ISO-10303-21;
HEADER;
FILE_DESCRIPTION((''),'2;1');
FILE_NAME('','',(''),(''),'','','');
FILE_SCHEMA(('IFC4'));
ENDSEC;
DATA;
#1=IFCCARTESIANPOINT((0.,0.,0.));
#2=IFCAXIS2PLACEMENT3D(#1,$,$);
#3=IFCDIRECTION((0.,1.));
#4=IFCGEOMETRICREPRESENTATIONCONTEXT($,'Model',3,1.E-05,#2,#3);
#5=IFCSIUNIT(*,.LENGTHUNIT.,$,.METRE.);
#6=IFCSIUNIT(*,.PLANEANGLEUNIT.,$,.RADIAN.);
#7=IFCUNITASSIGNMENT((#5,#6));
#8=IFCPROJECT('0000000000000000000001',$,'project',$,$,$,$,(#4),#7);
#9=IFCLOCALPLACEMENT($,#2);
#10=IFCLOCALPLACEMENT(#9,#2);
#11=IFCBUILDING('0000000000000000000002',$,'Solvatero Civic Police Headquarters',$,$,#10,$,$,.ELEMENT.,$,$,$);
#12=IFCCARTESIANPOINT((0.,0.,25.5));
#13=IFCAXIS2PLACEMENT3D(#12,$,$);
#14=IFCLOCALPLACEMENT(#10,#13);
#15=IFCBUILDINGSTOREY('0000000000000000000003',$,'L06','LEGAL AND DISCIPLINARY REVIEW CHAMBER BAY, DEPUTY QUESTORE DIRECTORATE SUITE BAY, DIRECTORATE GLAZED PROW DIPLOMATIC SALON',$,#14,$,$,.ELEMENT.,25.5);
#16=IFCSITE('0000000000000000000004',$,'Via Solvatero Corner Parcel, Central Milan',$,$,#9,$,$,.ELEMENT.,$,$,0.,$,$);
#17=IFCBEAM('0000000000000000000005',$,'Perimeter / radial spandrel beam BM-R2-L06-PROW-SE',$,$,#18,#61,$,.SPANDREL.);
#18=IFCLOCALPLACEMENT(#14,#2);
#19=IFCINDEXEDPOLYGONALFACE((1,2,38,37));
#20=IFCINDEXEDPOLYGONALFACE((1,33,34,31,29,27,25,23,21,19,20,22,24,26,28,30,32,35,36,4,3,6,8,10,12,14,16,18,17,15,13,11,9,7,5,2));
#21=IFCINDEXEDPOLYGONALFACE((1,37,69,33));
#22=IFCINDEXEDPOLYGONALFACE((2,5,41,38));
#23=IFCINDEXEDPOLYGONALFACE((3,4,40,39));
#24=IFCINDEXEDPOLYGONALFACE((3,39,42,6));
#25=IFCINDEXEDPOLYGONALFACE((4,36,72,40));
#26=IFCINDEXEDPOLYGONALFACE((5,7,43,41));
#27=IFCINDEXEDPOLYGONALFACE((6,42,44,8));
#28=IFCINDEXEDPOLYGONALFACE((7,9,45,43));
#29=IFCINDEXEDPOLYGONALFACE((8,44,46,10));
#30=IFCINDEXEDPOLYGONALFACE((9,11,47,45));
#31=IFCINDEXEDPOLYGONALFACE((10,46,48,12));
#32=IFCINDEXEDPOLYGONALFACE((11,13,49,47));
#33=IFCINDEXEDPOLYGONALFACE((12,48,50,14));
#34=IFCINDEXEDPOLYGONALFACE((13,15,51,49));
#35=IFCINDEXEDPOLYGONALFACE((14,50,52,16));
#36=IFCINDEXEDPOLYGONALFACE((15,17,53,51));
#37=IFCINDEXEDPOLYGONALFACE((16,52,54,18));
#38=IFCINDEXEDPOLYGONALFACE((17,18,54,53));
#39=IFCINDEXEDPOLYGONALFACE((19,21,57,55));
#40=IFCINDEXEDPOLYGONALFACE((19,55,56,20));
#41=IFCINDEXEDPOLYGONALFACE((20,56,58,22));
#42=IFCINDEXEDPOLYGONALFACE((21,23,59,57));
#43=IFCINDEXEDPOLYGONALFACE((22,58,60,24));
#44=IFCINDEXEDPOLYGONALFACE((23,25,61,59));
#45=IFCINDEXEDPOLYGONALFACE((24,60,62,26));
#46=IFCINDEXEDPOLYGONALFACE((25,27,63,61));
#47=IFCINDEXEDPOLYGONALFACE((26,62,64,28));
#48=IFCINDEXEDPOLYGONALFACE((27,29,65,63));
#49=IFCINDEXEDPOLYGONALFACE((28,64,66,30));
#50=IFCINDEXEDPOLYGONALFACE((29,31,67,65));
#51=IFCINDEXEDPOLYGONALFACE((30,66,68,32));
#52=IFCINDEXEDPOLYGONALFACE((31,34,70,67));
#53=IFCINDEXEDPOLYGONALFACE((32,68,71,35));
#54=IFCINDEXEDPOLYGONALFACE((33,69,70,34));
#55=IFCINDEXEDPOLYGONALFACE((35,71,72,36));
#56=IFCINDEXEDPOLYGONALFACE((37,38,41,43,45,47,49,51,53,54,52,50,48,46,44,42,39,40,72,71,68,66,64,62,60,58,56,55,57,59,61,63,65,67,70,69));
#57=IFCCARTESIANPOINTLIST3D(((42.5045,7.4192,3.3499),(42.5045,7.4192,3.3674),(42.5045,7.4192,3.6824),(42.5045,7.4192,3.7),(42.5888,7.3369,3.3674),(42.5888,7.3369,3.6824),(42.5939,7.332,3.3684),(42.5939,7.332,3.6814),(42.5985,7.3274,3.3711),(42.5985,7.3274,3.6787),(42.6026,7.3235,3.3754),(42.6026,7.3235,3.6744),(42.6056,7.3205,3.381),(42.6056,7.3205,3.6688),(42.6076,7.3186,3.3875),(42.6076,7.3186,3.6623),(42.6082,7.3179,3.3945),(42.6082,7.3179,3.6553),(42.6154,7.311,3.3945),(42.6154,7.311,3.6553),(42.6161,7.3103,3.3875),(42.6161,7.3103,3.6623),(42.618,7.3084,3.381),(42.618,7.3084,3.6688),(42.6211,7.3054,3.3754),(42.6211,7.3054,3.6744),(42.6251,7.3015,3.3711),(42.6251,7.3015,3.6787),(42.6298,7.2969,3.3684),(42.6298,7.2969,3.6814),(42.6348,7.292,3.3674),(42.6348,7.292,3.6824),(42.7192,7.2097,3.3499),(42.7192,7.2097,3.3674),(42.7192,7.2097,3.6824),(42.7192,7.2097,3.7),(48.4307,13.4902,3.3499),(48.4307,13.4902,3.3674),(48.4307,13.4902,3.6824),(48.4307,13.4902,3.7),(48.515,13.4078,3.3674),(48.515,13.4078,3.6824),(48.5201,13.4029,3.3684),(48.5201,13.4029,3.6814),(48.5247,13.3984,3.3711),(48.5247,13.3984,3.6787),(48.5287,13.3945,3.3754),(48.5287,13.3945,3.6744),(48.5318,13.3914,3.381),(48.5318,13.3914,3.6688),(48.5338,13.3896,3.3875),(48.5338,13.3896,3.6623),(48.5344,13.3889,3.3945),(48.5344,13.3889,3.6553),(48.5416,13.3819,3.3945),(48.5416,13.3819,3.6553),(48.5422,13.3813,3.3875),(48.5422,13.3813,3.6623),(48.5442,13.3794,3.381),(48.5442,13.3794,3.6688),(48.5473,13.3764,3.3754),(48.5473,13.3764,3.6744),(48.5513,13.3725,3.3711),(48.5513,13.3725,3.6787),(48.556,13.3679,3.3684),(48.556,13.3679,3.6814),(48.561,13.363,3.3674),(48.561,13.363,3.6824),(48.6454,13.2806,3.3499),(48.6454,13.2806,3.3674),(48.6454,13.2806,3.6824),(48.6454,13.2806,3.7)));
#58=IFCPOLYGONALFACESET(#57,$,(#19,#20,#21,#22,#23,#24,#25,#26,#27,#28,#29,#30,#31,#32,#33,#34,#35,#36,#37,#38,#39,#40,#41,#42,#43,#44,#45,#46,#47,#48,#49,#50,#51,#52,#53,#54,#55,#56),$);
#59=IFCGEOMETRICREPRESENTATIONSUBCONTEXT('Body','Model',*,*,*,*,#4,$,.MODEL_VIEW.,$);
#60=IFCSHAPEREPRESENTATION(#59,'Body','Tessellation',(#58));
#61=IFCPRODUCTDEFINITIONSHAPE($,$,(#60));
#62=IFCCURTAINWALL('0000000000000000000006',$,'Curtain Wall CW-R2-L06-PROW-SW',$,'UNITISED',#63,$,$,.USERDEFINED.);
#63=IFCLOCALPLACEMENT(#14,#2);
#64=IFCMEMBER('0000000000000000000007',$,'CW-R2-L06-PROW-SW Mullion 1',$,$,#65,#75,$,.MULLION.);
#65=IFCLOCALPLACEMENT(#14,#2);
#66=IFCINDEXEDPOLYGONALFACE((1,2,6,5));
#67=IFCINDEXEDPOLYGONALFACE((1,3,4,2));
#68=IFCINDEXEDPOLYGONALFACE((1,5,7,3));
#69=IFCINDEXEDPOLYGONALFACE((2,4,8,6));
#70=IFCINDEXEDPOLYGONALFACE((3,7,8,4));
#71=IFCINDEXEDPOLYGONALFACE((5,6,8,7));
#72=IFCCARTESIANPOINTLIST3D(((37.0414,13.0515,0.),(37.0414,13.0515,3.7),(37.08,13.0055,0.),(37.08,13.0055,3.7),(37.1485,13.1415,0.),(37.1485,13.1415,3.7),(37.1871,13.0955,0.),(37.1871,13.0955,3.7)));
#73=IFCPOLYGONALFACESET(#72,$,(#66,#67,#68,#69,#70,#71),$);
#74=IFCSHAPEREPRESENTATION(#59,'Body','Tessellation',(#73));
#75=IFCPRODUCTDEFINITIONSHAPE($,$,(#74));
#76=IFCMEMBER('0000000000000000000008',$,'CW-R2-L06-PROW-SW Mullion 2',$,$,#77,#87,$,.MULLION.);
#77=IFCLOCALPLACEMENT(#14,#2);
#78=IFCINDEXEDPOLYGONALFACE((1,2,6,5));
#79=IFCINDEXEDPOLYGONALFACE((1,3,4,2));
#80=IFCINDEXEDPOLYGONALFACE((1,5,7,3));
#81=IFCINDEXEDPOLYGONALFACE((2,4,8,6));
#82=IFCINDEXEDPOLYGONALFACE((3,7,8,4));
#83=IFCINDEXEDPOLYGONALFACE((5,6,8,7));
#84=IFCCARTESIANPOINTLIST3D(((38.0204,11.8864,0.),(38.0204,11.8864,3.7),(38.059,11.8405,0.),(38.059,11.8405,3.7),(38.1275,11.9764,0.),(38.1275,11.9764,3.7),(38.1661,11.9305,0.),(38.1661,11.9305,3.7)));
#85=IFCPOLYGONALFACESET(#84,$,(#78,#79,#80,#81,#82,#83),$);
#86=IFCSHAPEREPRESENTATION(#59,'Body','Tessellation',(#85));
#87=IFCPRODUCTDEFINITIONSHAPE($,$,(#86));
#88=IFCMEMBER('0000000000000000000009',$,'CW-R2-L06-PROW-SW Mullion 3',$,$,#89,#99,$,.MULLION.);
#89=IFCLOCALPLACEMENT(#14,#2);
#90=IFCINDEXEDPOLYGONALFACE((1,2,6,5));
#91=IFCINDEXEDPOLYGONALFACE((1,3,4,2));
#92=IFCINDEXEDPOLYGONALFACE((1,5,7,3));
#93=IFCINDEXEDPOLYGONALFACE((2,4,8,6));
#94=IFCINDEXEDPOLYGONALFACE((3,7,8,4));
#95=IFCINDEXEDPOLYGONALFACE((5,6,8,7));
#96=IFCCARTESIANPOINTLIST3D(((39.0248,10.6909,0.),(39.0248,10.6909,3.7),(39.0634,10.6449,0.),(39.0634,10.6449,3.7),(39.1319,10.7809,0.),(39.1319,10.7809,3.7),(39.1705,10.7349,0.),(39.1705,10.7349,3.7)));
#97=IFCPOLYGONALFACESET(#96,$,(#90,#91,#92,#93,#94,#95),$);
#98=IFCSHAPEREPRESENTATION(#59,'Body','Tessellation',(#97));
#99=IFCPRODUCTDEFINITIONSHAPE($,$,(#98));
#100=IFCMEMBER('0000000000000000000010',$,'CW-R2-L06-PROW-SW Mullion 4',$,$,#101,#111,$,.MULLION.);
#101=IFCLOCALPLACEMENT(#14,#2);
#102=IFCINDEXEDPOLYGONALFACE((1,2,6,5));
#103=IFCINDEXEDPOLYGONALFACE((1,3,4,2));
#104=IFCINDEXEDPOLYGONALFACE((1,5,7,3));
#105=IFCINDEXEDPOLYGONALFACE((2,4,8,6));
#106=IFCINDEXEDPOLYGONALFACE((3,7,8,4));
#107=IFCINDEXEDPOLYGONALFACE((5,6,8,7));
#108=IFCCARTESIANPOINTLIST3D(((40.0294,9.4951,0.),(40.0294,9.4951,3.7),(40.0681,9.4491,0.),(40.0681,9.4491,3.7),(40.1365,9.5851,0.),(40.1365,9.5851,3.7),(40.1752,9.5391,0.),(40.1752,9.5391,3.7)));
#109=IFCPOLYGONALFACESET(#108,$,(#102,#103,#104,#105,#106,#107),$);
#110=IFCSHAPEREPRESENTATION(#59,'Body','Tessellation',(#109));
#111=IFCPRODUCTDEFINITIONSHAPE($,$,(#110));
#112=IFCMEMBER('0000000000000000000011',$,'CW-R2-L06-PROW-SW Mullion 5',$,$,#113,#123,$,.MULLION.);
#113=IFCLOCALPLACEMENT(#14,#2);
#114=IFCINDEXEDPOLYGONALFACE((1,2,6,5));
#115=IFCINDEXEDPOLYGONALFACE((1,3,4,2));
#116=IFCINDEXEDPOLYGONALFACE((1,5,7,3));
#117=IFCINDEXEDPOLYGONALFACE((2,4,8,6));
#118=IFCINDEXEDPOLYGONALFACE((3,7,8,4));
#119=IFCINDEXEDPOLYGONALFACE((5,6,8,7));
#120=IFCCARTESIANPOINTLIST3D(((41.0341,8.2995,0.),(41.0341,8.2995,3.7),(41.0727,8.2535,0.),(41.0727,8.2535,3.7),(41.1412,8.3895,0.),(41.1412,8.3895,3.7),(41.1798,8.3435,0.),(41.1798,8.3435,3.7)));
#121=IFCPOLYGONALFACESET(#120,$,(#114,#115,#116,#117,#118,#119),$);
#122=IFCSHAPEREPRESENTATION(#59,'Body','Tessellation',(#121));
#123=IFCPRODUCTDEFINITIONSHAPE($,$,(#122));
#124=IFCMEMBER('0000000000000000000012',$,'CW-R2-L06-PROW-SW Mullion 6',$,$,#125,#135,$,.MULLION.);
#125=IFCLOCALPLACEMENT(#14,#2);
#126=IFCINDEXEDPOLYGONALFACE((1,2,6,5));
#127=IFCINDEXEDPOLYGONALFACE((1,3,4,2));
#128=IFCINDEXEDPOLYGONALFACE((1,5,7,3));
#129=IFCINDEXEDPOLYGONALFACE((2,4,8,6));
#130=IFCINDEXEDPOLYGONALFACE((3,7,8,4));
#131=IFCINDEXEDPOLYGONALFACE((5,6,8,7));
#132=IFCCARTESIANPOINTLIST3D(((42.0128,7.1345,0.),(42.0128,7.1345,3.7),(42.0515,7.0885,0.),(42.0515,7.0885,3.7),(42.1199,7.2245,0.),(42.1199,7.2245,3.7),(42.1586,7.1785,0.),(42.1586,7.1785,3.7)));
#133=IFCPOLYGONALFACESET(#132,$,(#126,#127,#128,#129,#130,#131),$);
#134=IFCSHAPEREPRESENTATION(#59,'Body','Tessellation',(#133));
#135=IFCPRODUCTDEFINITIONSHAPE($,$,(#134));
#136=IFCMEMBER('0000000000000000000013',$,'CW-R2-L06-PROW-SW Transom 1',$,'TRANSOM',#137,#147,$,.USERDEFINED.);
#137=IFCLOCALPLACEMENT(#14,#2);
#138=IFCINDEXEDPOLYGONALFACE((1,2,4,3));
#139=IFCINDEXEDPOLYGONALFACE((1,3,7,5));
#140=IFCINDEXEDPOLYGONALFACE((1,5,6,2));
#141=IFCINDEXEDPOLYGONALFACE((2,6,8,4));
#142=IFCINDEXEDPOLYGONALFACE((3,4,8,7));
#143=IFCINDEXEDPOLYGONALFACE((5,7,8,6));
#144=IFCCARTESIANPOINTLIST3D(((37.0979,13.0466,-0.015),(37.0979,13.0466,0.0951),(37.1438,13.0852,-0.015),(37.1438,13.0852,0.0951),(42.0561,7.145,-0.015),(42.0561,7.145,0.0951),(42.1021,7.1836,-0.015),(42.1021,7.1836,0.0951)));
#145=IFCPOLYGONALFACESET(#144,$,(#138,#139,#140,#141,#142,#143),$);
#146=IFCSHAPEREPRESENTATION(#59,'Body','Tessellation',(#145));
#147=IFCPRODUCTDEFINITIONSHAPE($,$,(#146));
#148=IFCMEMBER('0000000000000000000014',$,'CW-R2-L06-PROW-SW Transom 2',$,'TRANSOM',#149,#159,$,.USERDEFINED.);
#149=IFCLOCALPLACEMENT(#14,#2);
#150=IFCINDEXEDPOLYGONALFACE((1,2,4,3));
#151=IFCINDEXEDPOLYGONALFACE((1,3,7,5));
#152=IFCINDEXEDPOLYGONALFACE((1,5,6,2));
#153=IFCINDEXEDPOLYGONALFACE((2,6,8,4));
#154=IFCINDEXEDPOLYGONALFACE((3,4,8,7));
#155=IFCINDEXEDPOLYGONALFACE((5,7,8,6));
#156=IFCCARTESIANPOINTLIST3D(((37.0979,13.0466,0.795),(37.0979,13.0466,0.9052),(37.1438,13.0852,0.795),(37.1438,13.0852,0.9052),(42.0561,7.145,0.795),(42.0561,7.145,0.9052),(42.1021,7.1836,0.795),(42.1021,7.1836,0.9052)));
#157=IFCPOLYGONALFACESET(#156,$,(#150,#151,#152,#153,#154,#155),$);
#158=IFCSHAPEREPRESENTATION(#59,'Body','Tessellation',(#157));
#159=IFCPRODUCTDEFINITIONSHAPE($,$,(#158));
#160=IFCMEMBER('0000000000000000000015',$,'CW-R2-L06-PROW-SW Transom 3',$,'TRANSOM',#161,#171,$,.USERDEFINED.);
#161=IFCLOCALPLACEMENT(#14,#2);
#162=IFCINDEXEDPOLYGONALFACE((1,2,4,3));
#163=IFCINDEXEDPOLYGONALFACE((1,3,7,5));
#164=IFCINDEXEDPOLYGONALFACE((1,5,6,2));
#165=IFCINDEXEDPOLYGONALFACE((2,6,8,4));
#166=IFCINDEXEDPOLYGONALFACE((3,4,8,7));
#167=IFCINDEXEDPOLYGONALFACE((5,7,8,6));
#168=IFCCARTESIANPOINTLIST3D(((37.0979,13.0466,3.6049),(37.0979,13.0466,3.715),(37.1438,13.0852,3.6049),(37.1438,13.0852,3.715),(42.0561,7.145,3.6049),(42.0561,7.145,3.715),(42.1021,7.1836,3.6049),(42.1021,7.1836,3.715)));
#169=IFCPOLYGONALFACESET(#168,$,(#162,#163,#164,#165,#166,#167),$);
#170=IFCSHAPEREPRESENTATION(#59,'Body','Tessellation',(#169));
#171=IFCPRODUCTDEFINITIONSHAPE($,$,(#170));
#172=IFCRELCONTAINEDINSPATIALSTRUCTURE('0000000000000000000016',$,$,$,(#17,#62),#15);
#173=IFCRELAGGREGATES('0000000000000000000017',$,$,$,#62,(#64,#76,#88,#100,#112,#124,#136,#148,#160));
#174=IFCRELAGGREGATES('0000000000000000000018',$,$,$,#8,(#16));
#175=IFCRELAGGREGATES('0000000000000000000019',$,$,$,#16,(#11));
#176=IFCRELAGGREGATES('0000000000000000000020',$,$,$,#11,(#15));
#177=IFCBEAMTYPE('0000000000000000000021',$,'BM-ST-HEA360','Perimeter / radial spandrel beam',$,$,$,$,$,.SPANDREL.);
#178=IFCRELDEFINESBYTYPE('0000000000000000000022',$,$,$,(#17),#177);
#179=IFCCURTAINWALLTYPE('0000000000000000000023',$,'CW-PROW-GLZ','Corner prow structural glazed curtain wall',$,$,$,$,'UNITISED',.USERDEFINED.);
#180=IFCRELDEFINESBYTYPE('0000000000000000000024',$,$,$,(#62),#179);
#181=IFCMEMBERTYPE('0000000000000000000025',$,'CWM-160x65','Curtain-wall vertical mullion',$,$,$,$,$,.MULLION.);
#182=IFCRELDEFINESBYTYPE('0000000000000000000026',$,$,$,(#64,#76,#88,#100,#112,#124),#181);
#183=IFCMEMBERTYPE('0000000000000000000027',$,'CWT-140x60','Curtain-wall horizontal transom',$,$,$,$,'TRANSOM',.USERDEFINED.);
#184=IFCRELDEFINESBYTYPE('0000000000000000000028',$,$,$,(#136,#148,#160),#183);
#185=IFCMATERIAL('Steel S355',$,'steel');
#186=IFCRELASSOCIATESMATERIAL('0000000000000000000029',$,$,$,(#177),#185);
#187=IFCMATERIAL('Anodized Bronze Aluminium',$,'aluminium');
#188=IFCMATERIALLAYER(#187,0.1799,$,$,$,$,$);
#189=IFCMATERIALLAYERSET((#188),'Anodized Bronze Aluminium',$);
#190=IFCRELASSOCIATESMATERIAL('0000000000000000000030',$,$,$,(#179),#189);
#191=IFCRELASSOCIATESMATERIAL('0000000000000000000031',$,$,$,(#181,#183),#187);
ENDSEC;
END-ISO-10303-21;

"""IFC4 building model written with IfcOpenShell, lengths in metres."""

from ifc_helpers import new_model, si_unit, direction, frame, origin, origin_2d, place, context, subcontext, project, spatial, rectangle, i_section, extrude, material, layer, layer_set, material_profile, profile_set, type_object, element, aggregate, save


model = new_model("IFC4")

# Units and contexts
model_context = context("Model", 3, precision=1e-05, world=origin(), true_north=direction((0.0, 1.0)))
body_context = subcontext(model_context, "Body", "Model", "MODEL_VIEW")
ifc_project = project(units=[si_unit("LENGTHUNIT", "METRE"), si_unit("PLANEANGLEUNIT", "RADIAN")], contexts=[model_context])

# Site, building, storey
site_placement = place(None, origin())
site = spatial("IfcSite", under=ifc_project, at=site_placement, Name="Via Solvatero Corner Parcel, Central Milan", CompositionType="ELEMENT", RefElevation=0.0)
building_placement = place(site_placement, origin())
building = spatial("IfcBuilding", under=site, at=building_placement, Name="Solvatero Civic Police Headquarters", CompositionType="ELEMENT")
storey_placement = place(building_placement, frame((0.0, 0.0, 25.5)))
storey = spatial("IfcBuildingStorey", under=building, at=storey_placement, Name="L06", Description="LEGAL AND DISCIPLINARY REVIEW CHAMBER BAY, DEPUTY QUESTORE DIRECTORATE SUITE BAY, DIRECTORATE GLAZED PROW DIPLOMATIC SALON", CompositionType="ELEMENT", Elevation=25.5)

# Shared definitions
ifc_material_1 = material(Name="Steel S355", Category="steel")

# Beam
ifc_material_profile_1 = material_profile(ifc_material_1, i_section(OverallWidth=0.3, OverallDepth=0.3501, WebThickness=0.01, FlangeThickness=0.0176, FilletRadius=0.0271, at=origin_2d()), Name="HEA 360")
ifc_profile_set_1 = profile_set([ifc_material_profile_1], Name="Steel S355")
beam_type = type_object("IfcBeamType", Name="BM-ST-HEA360", Description="Perimeter / radial spandrel beam", PredefinedType="SPANDREL", material=ifc_profile_set_1)
beam_1_placement = place(storey_placement, frame((42.6118, 7.3145, 3.5249), z_axis=(0.698523, 0.715588, 0.0), x_axis=(-0.715588, 0.698523, 0.0)))
element("IfcBeam", 1, at=beam_1_placement, inside=storey, type_object=beam_type, Name="Perimeter / radial spandrel beam BM-R2-L06-PROW-SE", PredefinedType="SPANDREL", context=body_context, shape_type="SweptSolid", body=[
    extrude(i_section(OverallWidth=0.3, OverallDepth=0.3501, WebThickness=0.01, FlangeThickness=0.0176, FilletRadius=0.0271, at=origin_2d()), origin(), (0.0, 0.0, 1.0), 8.4839),
])

# Curtain wall, members
ifc_material_2 = material(Name="Anodized Bronze Aluminium", Category="aluminium")
ifc_layer_1 = layer(ifc_material_2, 0.1799)
ifc_layer_set_1 = layer_set([ifc_layer_1], Name="Anodized Bronze Aluminium")
curtain_wall_type = type_object("IfcCurtainWallType", Name="CW-PROW-GLZ", Description="Corner prow structural glazed curtain wall", ElementType="UNITISED", PredefinedType="USERDEFINED", material=ifc_layer_set_1)
curtain_wall_placement = place(storey_placement, origin())
curtain_wall = element("IfcCurtainWall", 2, at=curtain_wall_placement, inside=storey, type_object=curtain_wall_type, Name="Curtain Wall CW-R2-L06-PROW-SW", ObjectType="UNITISED", PredefinedType="USERDEFINED")
ifc_material_profile_2 = material_profile(ifc_material_2, rectangle(XDim=0.0601, YDim=0.1399, at=origin_2d()), Name="ALU MULLION 60x140")
ifc_profile_set_2 = profile_set([ifc_material_profile_2], Name="Anodized Bronze Aluminium")
member_type_1 = type_object("IfcMemberType", Name="CWM-160x65", Description="Curtain-wall vertical mullion", PredefinedType="MULLION", material=ifc_profile_set_2)
member_1_placement = place(storey_placement, frame((37.1143, 13.0735, 0.0), z_axis=(0.0, 0.0, 1.0), x_axis=(0.643282, -0.765629, 0.0)))
member_1 = element("IfcMember", 3, at=member_1_placement, type_object=member_type_1, Name="CW-R2-L06-PROW-SW Mullion 1", PredefinedType="MULLION", context=body_context, shape_type="SweptSolid", body=[
    extrude(rectangle(XDim=0.0601, YDim=0.1399, at=origin_2d()), origin(), (0.0, 0.0, 1.0), 3.7),
])
member_2_placement = place(storey_placement, frame((38.0933, 11.9084, 0.0), z_axis=(0.0, 0.0, 1.0), x_axis=(0.643282, -0.765629, 0.0)))
member_2 = element("IfcMember", 4, at=member_2_placement, type_object=member_type_1, Name="CW-R2-L06-PROW-SW Mullion 2", PredefinedType="MULLION", context=body_context, shape_type="SweptSolid", body=[
    extrude(rectangle(XDim=0.0601, YDim=0.1399, at=origin_2d()), origin(), (0.0, 0.0, 1.0), 3.7),
])
member_3_placement = place(storey_placement, frame((39.0977, 10.7129, 0.0), z_axis=(0.0, 0.0, 1.0), x_axis=(0.643282, -0.765629, 0.0)))
member_3 = element("IfcMember", 5, at=member_3_placement, type_object=member_type_1, Name="CW-R2-L06-PROW-SW Mullion 3", PredefinedType="MULLION", context=body_context, shape_type="SweptSolid", body=[
    extrude(rectangle(XDim=0.0601, YDim=0.1399, at=origin_2d()), origin(), (0.0, 0.0, 1.0), 3.7),
])
member_4_placement = place(storey_placement, frame((40.1023, 9.5171, 0.0), z_axis=(0.0, 0.0, 1.0), x_axis=(0.643282, -0.765629, 0.0)))
member_4 = element("IfcMember", 6, at=member_4_placement, type_object=member_type_1, Name="CW-R2-L06-PROW-SW Mullion 4", PredefinedType="MULLION", context=body_context, shape_type="SweptSolid", body=[
    extrude(rectangle(XDim=0.0601, YDim=0.1399, at=origin_2d()), origin(), (0.0, 0.0, 1.0), 3.7),
])
member_5_placement = place(storey_placement, frame((41.1069, 8.3215, 0.0), z_axis=(0.0, 0.0, 1.0), x_axis=(0.643282, -0.765629, 0.0)))
member_5 = element("IfcMember", 7, at=member_5_placement, type_object=member_type_1, Name="CW-R2-L06-PROW-SW Mullion 5", PredefinedType="MULLION", context=body_context, shape_type="SweptSolid", body=[
    extrude(rectangle(XDim=0.0601, YDim=0.1399, at=origin_2d()), origin(), (0.0, 0.0, 1.0), 3.7),
])
member_6_placement = place(storey_placement, frame((42.0857, 7.1565, 0.0), z_axis=(0.0, 0.0, 1.0), x_axis=(0.643282, -0.765629, 0.0)))
member_6 = element("IfcMember", 8, at=member_6_placement, type_object=member_type_1, Name="CW-R2-L06-PROW-SW Mullion 6", PredefinedType="MULLION", context=body_context, shape_type="SweptSolid", body=[
    extrude(rectangle(XDim=0.0601, YDim=0.1399, at=origin_2d()), origin(), (0.0, 0.0, 1.0), 3.7),
])
ifc_material_profile_3 = material_profile(ifc_material_2, rectangle(XDim=0.0601, YDim=0.1101, at=origin_2d()), Name="ALU TRANSOM 60x110")
ifc_profile_set_3 = profile_set([ifc_material_profile_3], Name="Anodized Bronze Aluminium")
member_type_2 = type_object("IfcMemberType", Name="CWT-140x60", Description="Curtain-wall horizontal transom", ElementType="TRANSOM", PredefinedType="USERDEFINED", material=ifc_profile_set_3)
member_7_placement = place(storey_placement, frame((37.1208, 13.0659, 0.04), z_axis=(0.64326, -0.765647, 0.0), x_axis=(0.765647, 0.64326, 0.0)))
member_7 = element("IfcMember", 9, at=member_7_placement, type_object=member_type_2, Name="CW-R2-L06-PROW-SW Transom 1", ObjectType="TRANSOM", PredefinedType="USERDEFINED", context=body_context, shape_type="SweptSolid", body=[
    extrude(rectangle(XDim=0.0601, YDim=0.1101, at=origin_2d()), origin(), (0.0, 0.0, 1.0), 7.708),
])
member_8_placement = place(storey_placement, frame((37.1208, 13.0659, 0.8501), z_axis=(0.64326, -0.765647, 0.0), x_axis=(0.765647, 0.64326, 0.0)))
member_8 = element("IfcMember", 10, at=member_8_placement, type_object=member_type_2, Name="CW-R2-L06-PROW-SW Transom 2", ObjectType="TRANSOM", PredefinedType="USERDEFINED", context=body_context, shape_type="SweptSolid", body=[
    extrude(rectangle(XDim=0.0601, YDim=0.1101, at=origin_2d()), origin(), (0.0, 0.0, 1.0), 7.708),
])
member_9_placement = place(storey_placement, frame((37.1208, 13.0659, 3.6599), z_axis=(0.64326, -0.765647, 0.0), x_axis=(0.765647, 0.64326, 0.0)))
member_9 = element("IfcMember", 11, at=member_9_placement, type_object=member_type_2, Name="CW-R2-L06-PROW-SW Transom 3", ObjectType="TRANSOM", PredefinedType="USERDEFINED", context=body_context, shape_type="SweptSolid", body=[
    extrude(rectangle(XDim=0.0601, YDim=0.1101, at=origin_2d()), origin(), (0.0, 0.0, 1.0), 7.708),
])

aggregate(curtain_wall, [member_1, member_2, member_3, member_4, member_5, member_6, member_7, member_8, member_9])

save(model, "model.ifc")
